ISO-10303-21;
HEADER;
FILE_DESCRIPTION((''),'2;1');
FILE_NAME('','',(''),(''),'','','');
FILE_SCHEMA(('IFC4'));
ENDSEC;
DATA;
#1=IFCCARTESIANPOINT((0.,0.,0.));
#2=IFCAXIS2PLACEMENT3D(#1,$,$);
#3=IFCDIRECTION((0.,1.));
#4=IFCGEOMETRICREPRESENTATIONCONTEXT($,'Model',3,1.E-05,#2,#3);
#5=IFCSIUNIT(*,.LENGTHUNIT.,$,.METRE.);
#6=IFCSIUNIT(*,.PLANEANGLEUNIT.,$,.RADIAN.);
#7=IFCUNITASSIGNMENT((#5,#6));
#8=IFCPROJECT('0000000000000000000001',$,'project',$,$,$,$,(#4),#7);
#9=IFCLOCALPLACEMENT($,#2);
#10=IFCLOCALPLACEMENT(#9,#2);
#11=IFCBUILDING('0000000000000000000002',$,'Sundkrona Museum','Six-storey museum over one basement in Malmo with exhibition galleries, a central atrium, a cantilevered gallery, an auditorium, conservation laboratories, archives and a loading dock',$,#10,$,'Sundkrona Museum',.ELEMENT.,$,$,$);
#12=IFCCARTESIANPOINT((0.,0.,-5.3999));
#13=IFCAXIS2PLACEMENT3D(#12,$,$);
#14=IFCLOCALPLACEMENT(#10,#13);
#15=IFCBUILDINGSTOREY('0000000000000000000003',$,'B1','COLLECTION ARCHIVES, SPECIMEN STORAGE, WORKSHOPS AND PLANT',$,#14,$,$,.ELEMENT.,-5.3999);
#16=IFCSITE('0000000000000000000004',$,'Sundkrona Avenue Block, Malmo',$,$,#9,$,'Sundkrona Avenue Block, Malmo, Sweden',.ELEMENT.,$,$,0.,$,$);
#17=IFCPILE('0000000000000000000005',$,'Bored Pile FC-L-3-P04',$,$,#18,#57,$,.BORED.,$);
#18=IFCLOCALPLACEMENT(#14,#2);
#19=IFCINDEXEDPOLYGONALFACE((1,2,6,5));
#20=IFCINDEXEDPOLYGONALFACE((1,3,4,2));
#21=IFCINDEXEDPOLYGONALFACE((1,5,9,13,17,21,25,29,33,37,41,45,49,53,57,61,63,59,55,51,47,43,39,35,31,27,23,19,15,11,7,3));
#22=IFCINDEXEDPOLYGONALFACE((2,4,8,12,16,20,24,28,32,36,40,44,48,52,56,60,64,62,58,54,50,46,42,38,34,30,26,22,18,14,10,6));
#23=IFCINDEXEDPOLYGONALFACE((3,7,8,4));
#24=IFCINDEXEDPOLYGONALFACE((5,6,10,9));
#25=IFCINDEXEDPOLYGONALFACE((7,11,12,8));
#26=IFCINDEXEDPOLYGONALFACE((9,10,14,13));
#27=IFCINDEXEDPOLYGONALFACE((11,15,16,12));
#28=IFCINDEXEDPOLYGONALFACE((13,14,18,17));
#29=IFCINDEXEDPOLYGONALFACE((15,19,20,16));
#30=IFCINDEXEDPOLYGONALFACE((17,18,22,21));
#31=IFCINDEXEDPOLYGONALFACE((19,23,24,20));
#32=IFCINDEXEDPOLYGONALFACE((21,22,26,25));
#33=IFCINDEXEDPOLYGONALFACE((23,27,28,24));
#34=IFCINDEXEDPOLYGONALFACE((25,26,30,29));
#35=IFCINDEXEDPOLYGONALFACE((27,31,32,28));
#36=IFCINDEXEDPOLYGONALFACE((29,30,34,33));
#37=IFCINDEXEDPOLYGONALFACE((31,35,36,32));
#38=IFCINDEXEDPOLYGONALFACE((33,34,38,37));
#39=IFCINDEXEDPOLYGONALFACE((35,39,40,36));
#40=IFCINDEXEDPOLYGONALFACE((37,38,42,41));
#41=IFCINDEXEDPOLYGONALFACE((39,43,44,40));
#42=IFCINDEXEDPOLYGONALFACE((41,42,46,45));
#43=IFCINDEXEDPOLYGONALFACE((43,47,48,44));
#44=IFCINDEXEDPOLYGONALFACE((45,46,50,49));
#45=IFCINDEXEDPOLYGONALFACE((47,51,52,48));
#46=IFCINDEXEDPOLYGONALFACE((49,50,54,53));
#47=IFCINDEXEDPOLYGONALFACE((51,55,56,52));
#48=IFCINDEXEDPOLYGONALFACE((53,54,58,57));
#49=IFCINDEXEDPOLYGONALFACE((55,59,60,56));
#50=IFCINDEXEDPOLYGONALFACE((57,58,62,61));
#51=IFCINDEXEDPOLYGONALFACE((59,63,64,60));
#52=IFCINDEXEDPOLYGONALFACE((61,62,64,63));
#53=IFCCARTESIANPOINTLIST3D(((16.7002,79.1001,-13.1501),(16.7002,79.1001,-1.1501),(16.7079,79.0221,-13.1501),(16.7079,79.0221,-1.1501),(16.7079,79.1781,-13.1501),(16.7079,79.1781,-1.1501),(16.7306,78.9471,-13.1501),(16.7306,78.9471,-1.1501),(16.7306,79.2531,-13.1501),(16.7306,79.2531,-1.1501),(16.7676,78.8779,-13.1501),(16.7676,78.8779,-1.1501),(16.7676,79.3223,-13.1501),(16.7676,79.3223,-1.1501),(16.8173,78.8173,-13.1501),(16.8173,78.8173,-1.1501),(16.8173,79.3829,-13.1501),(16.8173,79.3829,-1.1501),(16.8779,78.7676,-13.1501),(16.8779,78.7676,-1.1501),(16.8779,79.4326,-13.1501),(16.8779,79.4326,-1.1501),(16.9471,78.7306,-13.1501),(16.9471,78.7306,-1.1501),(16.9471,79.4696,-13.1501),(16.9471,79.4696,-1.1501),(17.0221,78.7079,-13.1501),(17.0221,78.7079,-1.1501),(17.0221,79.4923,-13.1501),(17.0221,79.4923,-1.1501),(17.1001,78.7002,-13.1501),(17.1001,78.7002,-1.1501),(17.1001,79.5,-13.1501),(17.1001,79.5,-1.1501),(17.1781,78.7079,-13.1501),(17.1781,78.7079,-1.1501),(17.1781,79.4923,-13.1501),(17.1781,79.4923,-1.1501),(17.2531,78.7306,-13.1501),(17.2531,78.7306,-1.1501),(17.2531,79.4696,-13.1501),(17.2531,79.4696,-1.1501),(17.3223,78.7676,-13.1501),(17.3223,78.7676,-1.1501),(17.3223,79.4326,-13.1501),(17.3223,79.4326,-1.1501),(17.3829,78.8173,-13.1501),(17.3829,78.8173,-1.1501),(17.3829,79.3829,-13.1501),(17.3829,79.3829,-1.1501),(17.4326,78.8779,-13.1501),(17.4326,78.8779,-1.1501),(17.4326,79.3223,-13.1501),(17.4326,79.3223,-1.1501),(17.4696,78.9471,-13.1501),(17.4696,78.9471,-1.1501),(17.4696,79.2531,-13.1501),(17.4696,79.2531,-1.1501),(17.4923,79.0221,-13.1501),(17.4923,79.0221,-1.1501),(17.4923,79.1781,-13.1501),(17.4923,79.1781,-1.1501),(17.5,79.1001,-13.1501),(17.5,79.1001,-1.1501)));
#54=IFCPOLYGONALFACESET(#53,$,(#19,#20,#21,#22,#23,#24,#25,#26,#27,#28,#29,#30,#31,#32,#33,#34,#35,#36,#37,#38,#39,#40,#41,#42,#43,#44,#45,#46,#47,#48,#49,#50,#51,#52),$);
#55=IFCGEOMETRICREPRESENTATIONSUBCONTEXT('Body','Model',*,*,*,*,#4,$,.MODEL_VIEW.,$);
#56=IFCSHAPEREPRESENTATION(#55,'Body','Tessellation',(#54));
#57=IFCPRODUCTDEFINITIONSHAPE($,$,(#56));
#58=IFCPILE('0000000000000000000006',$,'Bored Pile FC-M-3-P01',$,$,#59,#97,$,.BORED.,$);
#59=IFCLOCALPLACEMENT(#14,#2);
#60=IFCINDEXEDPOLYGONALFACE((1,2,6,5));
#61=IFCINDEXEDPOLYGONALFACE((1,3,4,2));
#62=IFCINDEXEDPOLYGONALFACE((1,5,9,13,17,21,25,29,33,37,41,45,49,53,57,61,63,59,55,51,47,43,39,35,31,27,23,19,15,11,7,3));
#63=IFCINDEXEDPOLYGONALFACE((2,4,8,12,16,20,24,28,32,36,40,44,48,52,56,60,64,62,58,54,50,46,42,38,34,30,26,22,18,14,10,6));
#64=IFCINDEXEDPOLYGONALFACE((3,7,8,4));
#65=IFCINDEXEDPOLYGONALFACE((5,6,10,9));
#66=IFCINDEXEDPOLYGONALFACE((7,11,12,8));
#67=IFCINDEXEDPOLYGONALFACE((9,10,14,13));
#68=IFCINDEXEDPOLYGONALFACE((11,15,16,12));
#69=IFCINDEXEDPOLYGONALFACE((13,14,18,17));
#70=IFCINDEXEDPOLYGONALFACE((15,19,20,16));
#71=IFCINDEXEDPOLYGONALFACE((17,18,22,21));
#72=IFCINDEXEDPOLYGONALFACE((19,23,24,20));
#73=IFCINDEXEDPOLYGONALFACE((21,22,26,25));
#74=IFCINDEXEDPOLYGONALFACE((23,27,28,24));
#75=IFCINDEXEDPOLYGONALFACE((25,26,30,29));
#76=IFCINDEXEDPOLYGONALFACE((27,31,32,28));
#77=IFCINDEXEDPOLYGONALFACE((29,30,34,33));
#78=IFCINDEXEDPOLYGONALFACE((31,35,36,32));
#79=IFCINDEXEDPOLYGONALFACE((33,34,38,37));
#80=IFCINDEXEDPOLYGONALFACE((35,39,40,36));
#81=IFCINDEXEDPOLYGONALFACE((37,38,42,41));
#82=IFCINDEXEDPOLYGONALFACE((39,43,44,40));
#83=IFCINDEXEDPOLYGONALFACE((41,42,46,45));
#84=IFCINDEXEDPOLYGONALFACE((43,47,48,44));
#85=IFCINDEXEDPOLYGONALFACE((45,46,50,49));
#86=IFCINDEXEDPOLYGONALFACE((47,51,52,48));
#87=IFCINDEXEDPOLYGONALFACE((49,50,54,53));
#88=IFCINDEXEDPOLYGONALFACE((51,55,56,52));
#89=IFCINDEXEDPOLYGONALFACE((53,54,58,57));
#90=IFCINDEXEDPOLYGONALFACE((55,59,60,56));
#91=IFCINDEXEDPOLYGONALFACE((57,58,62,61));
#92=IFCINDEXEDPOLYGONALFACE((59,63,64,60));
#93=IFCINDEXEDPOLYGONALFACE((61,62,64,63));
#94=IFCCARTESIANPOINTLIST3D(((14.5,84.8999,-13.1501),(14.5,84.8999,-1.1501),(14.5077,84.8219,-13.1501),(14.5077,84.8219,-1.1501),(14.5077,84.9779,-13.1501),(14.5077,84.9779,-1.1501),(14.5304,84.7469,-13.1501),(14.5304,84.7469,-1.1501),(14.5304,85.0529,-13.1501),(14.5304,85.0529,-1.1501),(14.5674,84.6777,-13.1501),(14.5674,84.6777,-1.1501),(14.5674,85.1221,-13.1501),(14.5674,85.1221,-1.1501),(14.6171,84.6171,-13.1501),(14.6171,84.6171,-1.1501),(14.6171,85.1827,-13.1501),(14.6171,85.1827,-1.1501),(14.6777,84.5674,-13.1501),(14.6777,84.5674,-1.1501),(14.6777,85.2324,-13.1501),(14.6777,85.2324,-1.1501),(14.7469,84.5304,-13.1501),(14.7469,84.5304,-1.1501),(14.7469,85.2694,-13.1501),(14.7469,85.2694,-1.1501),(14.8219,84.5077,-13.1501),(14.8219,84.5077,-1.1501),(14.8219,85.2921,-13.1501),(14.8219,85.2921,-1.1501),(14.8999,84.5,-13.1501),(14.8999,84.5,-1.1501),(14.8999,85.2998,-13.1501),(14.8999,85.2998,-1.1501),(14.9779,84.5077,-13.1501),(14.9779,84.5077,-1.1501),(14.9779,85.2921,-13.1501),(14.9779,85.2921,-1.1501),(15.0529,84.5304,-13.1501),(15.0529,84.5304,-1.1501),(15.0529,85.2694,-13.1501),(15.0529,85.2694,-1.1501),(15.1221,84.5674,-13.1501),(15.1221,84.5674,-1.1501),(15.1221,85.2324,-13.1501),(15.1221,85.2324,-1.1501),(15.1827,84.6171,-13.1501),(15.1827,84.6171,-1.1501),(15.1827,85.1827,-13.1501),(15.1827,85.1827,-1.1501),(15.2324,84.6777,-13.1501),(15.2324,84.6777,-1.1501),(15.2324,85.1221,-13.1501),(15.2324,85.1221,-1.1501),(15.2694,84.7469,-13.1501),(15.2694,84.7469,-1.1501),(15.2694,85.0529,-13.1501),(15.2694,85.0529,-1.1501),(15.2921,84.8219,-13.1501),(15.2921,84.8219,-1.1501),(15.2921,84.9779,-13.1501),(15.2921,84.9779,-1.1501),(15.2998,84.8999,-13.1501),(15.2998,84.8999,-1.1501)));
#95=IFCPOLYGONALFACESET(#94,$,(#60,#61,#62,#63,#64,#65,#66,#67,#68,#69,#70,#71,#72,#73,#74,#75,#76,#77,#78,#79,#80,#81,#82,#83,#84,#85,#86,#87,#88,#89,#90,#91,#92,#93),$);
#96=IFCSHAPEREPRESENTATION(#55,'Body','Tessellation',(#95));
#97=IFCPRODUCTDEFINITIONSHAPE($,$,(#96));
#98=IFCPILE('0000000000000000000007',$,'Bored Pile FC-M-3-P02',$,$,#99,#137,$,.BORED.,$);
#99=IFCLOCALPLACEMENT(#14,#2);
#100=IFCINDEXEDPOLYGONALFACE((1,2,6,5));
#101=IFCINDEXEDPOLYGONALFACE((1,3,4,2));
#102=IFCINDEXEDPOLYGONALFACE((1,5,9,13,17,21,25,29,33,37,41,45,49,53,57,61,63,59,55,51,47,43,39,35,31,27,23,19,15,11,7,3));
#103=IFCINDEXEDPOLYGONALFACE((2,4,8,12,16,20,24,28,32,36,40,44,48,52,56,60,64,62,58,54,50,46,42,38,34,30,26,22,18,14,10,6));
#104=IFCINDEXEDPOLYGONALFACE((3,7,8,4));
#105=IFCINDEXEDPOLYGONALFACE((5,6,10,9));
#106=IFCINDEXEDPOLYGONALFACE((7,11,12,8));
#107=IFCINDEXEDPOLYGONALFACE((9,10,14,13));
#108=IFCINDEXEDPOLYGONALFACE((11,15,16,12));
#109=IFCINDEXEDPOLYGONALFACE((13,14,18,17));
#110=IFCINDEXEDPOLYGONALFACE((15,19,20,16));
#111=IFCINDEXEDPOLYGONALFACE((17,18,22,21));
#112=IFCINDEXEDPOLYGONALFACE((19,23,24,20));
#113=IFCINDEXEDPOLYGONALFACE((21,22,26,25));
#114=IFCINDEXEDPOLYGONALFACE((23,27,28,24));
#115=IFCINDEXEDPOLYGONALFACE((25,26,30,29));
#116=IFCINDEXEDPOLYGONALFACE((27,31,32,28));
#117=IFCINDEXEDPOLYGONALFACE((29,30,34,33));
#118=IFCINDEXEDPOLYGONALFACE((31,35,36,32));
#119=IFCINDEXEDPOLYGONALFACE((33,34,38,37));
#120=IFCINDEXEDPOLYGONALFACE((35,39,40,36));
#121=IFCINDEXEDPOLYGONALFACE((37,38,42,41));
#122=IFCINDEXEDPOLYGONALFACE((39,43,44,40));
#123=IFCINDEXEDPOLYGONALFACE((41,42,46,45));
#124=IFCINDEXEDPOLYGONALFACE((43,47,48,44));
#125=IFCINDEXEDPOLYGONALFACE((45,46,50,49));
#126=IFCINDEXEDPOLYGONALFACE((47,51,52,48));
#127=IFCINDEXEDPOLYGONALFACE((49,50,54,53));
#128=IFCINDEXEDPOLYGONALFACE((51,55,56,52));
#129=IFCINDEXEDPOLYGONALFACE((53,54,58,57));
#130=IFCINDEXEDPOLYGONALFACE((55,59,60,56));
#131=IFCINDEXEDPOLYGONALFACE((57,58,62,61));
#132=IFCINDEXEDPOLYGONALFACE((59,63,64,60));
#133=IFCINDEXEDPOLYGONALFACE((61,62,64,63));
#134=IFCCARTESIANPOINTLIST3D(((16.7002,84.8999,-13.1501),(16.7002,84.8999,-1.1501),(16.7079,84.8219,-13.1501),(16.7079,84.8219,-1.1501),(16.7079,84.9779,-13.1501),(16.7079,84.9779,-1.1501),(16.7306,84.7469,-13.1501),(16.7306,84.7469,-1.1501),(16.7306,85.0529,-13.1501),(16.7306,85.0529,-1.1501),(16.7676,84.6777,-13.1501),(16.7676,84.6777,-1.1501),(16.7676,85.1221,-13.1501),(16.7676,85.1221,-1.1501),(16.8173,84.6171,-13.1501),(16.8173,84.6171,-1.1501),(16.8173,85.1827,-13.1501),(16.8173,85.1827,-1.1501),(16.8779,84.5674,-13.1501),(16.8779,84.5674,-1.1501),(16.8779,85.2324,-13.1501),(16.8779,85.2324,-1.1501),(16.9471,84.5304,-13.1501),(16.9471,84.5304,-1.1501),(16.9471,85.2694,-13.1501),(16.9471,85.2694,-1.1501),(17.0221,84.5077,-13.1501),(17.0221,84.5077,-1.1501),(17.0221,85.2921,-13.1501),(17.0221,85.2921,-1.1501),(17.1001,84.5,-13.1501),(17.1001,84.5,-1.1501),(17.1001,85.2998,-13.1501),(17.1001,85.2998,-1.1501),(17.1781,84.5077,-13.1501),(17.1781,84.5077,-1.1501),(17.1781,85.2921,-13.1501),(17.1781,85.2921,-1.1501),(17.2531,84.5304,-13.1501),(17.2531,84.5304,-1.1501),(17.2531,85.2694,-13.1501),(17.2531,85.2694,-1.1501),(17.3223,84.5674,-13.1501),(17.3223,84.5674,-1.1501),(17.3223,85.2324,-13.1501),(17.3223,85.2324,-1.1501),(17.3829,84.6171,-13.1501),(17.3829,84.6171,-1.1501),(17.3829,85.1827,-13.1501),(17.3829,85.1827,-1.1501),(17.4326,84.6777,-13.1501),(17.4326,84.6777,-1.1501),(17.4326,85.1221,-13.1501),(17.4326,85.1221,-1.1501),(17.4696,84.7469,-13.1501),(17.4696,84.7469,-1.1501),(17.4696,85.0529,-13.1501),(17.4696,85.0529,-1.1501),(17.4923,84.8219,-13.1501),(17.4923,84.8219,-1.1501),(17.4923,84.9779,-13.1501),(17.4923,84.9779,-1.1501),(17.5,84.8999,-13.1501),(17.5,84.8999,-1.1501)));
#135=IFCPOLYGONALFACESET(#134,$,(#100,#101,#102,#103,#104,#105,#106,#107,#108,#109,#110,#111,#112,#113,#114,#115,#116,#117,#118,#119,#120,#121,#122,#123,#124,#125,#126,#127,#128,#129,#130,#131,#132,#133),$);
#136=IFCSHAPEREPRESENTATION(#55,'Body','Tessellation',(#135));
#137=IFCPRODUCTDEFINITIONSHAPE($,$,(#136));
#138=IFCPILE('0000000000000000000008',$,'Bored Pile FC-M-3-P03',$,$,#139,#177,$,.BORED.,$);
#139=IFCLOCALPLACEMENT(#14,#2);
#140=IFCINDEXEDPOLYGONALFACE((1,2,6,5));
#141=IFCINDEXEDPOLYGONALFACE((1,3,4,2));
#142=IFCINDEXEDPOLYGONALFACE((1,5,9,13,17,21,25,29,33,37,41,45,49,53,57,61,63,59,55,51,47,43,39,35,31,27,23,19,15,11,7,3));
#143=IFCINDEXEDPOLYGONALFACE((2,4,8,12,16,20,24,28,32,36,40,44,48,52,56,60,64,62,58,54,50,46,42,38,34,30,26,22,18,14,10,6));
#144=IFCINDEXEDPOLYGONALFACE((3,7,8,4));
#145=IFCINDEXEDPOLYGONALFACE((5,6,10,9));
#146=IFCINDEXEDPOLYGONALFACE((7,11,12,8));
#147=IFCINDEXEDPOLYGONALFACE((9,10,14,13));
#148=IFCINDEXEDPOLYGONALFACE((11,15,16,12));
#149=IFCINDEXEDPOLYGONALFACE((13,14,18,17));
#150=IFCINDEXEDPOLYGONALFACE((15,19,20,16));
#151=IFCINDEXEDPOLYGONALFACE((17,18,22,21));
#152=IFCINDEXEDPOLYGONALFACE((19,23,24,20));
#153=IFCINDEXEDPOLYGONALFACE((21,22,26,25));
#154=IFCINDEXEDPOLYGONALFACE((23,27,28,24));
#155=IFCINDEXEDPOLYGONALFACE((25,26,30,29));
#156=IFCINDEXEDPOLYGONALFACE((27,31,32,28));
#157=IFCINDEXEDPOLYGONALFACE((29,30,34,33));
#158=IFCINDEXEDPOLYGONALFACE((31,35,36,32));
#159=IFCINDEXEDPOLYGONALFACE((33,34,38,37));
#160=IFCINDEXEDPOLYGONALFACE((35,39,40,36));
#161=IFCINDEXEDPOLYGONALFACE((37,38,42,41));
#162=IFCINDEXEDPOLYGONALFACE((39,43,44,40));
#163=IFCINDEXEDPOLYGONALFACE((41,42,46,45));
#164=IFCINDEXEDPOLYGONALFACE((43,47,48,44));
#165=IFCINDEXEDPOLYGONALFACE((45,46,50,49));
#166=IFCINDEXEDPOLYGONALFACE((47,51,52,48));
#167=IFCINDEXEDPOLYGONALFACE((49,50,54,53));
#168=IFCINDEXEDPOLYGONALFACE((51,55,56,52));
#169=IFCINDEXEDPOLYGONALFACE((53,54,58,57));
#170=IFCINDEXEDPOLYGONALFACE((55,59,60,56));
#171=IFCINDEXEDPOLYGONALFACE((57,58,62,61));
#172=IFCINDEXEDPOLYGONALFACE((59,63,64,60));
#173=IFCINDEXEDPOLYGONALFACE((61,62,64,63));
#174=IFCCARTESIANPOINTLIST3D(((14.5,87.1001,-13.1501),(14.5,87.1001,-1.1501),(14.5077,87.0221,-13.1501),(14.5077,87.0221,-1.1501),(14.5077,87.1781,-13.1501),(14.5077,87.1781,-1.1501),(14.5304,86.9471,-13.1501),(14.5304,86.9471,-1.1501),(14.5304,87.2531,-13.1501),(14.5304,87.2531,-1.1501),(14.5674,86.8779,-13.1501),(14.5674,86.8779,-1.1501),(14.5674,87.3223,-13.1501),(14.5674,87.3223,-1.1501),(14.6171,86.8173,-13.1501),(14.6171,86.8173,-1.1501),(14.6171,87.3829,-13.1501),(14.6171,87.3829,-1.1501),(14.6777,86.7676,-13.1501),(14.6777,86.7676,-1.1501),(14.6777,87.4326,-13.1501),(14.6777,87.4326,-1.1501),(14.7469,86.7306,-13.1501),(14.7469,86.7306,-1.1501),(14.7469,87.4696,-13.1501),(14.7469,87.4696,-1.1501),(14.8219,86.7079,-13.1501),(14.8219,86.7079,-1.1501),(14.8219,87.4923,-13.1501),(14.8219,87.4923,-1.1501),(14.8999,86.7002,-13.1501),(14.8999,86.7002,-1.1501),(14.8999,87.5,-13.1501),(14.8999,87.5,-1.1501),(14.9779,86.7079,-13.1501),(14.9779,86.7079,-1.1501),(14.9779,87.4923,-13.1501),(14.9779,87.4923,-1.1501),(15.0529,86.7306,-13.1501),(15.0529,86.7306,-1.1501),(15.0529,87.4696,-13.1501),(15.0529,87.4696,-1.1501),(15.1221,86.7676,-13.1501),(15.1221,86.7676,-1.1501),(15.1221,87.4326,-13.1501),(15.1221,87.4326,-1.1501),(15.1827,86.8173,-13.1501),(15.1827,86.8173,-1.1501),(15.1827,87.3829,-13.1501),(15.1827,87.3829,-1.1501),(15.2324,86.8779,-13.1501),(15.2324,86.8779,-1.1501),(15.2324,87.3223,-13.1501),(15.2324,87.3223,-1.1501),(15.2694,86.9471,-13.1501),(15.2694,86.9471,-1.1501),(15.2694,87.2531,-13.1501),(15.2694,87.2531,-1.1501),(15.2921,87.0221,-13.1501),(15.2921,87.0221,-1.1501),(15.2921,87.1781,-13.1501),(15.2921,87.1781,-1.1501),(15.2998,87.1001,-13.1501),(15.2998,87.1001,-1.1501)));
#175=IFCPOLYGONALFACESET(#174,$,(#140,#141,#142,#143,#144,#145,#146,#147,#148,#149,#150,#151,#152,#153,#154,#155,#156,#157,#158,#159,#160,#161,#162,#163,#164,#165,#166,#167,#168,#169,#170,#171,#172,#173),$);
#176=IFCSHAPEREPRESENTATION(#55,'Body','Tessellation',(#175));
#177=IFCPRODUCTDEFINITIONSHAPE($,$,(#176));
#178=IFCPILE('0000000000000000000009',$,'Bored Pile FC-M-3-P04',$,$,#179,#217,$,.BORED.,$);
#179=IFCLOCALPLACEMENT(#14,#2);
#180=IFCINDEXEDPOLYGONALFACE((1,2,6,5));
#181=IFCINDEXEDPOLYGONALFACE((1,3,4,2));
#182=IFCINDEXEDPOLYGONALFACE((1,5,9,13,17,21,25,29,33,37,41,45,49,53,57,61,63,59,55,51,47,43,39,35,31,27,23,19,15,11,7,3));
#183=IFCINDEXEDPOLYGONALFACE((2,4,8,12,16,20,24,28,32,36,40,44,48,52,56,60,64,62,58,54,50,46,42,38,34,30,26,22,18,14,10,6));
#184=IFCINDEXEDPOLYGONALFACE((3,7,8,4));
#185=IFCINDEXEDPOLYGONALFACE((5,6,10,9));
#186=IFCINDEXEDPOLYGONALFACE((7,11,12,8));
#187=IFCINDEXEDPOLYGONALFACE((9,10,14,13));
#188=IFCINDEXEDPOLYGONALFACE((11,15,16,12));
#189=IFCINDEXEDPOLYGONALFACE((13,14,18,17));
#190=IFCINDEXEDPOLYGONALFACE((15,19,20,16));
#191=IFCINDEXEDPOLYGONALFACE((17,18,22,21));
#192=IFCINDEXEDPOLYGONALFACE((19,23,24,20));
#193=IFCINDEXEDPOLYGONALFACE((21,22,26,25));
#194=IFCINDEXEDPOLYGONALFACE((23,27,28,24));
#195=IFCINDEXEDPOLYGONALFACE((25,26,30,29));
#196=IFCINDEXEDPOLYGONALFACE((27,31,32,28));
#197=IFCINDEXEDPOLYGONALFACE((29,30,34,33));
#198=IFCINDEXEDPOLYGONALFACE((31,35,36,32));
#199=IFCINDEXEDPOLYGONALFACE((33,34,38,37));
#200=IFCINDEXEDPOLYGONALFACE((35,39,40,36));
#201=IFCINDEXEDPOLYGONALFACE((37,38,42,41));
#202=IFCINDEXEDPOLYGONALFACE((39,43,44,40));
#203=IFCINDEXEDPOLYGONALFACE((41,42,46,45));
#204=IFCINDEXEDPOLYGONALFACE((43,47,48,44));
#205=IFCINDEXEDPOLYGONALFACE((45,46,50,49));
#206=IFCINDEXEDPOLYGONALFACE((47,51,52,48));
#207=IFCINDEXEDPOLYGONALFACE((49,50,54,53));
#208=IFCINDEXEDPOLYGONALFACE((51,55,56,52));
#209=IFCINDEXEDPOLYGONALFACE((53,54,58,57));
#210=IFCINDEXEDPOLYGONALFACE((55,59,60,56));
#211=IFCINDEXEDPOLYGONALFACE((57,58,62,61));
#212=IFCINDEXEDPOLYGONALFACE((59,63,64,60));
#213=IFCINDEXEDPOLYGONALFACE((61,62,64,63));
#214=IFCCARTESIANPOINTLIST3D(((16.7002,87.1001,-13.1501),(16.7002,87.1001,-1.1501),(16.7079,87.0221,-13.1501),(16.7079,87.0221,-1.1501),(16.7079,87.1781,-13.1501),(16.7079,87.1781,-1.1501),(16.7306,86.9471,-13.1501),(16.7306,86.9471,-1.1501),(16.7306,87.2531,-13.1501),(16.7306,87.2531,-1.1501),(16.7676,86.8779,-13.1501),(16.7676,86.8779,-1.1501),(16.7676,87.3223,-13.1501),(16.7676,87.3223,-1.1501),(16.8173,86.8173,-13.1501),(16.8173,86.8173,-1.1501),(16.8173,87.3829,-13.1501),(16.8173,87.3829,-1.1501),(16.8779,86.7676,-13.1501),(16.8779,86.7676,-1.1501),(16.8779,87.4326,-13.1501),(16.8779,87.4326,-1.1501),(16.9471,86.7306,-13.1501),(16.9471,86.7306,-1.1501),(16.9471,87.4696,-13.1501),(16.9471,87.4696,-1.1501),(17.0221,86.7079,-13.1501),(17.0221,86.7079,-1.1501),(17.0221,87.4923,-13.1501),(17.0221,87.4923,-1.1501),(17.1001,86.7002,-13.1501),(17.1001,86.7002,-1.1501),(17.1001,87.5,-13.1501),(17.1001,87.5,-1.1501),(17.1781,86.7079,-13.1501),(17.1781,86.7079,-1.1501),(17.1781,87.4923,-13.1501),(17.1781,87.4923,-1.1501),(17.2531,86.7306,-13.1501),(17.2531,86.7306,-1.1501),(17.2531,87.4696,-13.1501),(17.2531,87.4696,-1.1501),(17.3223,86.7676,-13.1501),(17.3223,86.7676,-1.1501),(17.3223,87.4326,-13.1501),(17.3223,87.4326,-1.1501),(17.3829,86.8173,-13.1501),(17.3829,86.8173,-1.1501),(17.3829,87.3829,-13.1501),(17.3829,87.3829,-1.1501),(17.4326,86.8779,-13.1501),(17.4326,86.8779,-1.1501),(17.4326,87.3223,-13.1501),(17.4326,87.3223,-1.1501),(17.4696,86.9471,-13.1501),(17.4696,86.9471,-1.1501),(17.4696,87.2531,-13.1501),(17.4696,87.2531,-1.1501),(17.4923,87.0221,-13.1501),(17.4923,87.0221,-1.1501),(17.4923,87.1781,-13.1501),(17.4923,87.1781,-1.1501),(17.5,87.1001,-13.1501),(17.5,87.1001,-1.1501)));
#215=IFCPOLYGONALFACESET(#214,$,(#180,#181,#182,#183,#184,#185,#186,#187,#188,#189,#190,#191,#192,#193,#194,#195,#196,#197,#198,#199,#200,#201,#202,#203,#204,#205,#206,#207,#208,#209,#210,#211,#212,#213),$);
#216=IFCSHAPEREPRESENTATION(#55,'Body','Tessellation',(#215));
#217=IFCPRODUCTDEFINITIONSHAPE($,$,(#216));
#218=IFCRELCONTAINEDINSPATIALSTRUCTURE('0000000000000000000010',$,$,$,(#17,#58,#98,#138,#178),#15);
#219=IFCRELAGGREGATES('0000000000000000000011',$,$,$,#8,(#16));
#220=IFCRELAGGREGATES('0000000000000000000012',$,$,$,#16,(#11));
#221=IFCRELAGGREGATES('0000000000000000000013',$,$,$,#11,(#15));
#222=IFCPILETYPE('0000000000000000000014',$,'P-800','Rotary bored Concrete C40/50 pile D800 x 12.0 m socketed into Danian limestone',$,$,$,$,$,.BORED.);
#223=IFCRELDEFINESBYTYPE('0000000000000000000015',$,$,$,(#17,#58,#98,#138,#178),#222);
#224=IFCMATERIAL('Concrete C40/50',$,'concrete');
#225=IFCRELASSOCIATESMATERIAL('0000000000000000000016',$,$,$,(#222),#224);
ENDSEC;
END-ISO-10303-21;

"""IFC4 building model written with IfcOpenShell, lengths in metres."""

from ifc_helpers import new_model, si_unit, direction, frame, origin, origin_2d, place, context, subcontext, project, spatial, circle, extrude, material, material_profile, profile_set, type_object, element, save


model = new_model("IFC4")

# Units and contexts
model_context = context("Model", 3, precision=1e-05, world=origin(), true_north=direction((0.0, 1.0)))
body_context = subcontext(model_context, "Body", "Model", "MODEL_VIEW")
ifc_project = project(units=[si_unit("LENGTHUNIT", "METRE"), si_unit("PLANEANGLEUNIT", "RADIAN")], contexts=[model_context])

# Site, building, storey
site_placement = place(None, origin())
site = spatial("IfcSite", under=ifc_project, at=site_placement, Name="Sundkrona Avenue Block, Malmo", LongName="Sundkrona Avenue Block, Malmo, Sweden", CompositionType="ELEMENT", RefElevation=0.0)
building_placement = place(site_placement, origin())
building = spatial("IfcBuilding", under=site, at=building_placement, Name="Sundkrona Museum", Description="Six-storey museum over one basement in Malmo with exhibition galleries, a central atrium, a cantilevered gallery, an auditorium, conservation laboratories, archives and a loading dock", LongName="Sundkrona Museum", CompositionType="ELEMENT")
storey_placement = place(building_placement, frame((0.0, 0.0, -5.3999)))
storey = spatial("IfcBuildingStorey", under=building, at=storey_placement, Name="B1", Description="COLLECTION ARCHIVES, SPECIMEN STORAGE, WORKSHOPS AND PLANT", CompositionType="ELEMENT", Elevation=-5.3999)

# Shared definitions
ifc_material_1 = material(Name="Concrete C40/50", Category="concrete")

# Piles
ifc_material_profile_1 = material_profile(ifc_material_1, circle(Radius=0.3999, at=origin_2d()), Name="PILE D800")
ifc_profile_set_1 = profile_set([ifc_material_profile_1], Name="Concrete C40/50")
pile_type = type_object("IfcPileType", Name="P-800", Description="Rotary bored Concrete C40/50 pile D800 x 12.0 m socketed into Danian limestone", PredefinedType="BORED", material=ifc_profile_set_1)
for number, where, z_axis, x_axis, name in (
    (1, (17.1001, 79.1001, -1.1501), (0.0, 0.0, -1.0), (1.0, 0.0, 0.0), "Bored Pile FC-L-3-P04"),
    (2, (14.8999, 84.8999, -1.1501), (0.0, 0.0, -1.0), (1.0, 0.0, 0.0), "Bored Pile FC-M-3-P01"),
    (3, (17.1001, 84.8999, -1.1501), (0.0, 0.0, -1.0), (1.0, 0.0, 0.0), "Bored Pile FC-M-3-P02"),
    (4, (14.8999, 87.1001, -1.1501), (0.0, 0.0, -1.0), (1.0, 0.0, 0.0), "Bored Pile FC-M-3-P03"),
    (5, (17.1001, 87.1001, -1.1501), (0.0, 0.0, -1.0), (1.0, 0.0, 0.0), "Bored Pile FC-M-3-P04"),
):
    element("IfcPile", number, at=place(storey_placement, frame(where, z_axis=z_axis, x_axis=x_axis)), inside=storey, type_object=pile_type, Name=name, PredefinedType="BORED", context=body_context, shape_type="SweptSolid", body=[
        extrude(circle(Radius=0.3999, at=origin_2d()), origin(), (0.0, 0.0, 1.0), 12.0),
    ])

save(model, "model.ifc")
